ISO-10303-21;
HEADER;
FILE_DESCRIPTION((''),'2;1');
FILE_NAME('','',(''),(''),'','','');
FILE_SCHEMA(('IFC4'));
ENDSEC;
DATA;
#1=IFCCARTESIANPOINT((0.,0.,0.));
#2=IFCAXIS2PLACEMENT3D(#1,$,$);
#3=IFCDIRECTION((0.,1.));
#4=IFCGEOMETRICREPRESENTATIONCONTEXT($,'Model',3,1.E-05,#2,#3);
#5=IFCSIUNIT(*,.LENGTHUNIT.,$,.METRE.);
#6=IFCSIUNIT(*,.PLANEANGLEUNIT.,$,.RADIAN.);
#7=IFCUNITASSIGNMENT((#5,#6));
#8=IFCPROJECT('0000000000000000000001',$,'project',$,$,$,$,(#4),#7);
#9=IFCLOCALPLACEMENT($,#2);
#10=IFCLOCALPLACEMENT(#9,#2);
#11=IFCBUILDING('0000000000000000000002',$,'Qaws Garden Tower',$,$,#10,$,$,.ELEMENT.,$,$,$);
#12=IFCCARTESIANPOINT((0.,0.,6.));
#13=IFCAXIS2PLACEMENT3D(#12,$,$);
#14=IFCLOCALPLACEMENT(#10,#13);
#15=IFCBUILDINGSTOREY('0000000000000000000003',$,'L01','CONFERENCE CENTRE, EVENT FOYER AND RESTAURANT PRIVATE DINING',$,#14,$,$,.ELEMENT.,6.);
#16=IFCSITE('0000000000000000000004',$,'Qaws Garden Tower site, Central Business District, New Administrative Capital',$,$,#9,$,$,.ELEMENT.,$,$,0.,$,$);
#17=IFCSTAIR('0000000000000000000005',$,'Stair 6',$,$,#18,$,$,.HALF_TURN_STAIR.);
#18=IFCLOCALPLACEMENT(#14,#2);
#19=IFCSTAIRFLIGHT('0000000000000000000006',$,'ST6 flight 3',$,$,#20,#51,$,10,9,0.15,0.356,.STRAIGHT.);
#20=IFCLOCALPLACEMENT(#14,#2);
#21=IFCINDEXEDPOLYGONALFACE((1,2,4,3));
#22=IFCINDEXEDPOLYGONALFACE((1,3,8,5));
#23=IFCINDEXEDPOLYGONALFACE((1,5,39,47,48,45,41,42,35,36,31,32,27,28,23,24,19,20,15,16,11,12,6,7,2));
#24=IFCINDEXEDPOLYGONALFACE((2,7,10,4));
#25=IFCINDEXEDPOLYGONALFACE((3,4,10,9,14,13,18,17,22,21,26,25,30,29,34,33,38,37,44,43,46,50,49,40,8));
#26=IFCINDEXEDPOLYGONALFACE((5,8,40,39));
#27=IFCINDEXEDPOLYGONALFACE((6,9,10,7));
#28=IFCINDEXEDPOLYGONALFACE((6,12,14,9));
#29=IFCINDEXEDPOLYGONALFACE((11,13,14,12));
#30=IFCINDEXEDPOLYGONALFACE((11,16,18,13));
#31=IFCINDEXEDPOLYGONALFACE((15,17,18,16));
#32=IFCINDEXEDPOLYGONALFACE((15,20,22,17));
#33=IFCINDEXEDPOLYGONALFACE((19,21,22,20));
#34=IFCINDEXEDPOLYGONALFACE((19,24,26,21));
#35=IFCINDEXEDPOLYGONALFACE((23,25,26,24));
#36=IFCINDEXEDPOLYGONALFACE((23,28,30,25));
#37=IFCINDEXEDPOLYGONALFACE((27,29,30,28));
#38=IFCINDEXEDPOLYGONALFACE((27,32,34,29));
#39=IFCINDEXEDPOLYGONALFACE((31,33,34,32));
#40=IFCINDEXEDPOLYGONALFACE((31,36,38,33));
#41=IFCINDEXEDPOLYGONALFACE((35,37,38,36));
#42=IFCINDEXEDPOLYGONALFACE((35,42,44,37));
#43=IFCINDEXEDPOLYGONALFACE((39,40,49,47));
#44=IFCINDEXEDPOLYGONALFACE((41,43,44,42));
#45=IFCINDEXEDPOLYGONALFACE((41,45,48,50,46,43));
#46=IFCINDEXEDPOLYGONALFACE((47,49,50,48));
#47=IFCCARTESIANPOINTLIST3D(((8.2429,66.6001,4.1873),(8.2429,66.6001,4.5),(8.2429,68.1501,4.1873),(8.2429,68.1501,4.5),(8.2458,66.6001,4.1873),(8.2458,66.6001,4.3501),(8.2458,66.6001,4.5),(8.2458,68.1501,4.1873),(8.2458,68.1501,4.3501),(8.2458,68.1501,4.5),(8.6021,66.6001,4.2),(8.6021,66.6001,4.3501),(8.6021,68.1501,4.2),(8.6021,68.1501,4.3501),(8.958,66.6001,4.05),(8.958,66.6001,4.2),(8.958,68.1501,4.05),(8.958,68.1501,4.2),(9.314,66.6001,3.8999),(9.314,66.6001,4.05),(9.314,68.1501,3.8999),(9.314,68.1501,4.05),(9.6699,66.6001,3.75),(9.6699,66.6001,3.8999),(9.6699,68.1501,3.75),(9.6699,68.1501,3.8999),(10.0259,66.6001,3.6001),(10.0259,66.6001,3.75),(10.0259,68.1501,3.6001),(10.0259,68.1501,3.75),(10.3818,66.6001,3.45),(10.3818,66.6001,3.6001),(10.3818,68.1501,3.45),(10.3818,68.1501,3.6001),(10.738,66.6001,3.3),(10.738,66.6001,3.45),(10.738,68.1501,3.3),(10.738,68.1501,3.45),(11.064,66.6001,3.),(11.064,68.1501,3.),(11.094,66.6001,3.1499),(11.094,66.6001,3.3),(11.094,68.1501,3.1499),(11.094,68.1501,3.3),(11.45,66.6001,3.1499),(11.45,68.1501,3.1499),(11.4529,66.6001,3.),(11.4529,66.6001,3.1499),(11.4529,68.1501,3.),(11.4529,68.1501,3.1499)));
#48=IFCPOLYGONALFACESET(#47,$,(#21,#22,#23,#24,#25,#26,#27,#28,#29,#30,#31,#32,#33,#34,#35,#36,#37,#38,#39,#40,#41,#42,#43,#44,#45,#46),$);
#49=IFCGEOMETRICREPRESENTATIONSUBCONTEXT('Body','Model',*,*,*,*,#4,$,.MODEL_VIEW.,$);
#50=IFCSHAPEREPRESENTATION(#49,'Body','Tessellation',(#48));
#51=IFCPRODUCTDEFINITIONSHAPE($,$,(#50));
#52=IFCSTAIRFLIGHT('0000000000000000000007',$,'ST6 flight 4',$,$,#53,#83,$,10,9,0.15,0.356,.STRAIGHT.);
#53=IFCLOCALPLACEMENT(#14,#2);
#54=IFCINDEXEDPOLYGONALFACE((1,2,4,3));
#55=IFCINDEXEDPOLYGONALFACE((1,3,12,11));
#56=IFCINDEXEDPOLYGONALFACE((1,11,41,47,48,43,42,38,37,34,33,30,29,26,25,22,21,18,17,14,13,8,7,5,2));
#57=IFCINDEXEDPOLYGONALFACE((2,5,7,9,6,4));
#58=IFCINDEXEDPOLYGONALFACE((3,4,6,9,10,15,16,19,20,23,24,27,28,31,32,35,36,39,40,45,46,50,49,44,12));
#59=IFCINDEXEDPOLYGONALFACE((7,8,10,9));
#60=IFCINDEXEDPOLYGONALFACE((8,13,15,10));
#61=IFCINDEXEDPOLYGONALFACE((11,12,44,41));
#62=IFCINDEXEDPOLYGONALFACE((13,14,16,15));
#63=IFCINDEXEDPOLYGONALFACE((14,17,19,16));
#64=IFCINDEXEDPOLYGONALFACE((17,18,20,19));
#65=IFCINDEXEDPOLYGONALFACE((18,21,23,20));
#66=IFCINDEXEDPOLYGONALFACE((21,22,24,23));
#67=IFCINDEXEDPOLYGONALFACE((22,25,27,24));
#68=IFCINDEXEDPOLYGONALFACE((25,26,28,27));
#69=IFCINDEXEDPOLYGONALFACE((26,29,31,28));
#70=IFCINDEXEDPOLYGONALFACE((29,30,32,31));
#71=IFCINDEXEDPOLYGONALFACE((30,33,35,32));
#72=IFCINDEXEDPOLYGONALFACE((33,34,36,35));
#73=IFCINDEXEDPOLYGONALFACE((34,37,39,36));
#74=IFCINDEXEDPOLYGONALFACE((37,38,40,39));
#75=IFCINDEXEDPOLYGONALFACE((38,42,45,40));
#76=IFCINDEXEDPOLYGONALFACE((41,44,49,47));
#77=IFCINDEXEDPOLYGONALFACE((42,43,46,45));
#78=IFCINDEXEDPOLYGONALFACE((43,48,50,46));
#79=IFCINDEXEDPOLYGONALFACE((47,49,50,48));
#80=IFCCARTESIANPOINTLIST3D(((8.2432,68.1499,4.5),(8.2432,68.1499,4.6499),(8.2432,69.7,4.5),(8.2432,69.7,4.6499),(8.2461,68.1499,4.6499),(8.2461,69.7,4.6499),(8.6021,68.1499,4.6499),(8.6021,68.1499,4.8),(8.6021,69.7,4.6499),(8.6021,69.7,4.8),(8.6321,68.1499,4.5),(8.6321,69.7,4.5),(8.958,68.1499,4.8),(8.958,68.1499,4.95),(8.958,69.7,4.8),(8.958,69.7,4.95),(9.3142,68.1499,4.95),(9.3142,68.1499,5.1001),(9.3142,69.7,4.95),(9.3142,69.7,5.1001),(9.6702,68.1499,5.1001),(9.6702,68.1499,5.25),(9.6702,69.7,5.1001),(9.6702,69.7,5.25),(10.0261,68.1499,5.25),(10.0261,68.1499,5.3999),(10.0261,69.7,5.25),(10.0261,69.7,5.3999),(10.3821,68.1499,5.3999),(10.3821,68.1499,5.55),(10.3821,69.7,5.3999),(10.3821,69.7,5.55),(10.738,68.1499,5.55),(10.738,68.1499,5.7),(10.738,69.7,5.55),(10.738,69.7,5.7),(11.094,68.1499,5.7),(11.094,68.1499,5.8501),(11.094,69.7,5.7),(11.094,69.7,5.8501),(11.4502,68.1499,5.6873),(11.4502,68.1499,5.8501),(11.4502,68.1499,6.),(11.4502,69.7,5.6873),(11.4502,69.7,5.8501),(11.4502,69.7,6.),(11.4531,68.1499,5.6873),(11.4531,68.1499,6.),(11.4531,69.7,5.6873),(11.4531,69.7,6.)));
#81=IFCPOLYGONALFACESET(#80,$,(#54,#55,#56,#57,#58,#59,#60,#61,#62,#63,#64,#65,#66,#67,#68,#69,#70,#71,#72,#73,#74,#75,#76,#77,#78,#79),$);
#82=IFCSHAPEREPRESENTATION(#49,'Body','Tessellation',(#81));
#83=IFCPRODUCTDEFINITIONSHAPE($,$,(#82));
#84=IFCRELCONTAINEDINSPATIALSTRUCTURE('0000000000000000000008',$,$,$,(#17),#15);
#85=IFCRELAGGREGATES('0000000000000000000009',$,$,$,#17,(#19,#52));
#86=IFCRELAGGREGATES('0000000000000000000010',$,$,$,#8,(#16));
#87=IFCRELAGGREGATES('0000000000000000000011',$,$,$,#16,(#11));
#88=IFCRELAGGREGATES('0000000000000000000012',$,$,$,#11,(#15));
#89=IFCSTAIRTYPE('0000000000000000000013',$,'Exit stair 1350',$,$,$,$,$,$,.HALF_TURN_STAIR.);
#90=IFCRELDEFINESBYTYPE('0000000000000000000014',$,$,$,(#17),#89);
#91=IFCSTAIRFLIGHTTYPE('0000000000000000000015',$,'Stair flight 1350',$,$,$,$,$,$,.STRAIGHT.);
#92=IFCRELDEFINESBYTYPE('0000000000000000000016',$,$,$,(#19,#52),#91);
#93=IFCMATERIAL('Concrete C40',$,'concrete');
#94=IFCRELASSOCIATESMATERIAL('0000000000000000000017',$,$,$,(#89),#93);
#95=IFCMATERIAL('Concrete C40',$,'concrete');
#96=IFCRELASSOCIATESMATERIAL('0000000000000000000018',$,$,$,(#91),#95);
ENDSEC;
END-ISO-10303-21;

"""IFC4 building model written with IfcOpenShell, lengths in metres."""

from ifc_helpers import new_model, si_unit, direction, frame, origin, place, context, subcontext, project, spatial, polyline, outline, extrude, material, type_object, element, aggregate, save


model = new_model("IFC4")

# Units and contexts
model_context = context("Model", 3, precision=1e-05, world=origin(), true_north=direction((0.0, 1.0)))
body_context = subcontext(model_context, "Body", "Model", "MODEL_VIEW")
ifc_project = project(units=[si_unit("LENGTHUNIT", "METRE"), si_unit("PLANEANGLEUNIT", "RADIAN")], contexts=[model_context])

# Site, building, storey
site_placement = place(None, origin())
site = spatial("IfcSite", under=ifc_project, at=site_placement, Name="Qaws Garden Tower site, Central Business District, New Administrative Capital", CompositionType="ELEMENT", RefElevation=0.0)
building_placement = place(site_placement, origin())
building = spatial("IfcBuilding", under=site, at=building_placement, Name="Qaws Garden Tower", CompositionType="ELEMENT")
storey_placement = place(building_placement, frame((0.0, 0.0, 6.0)))
storey = spatial("IfcBuildingStorey", under=building, at=storey_placement, Name="L01", Description="CONFERENCE CENTRE, EVENT FOYER AND RESTAURANT PRIVATE DINING", CompositionType="ELEMENT", Elevation=6.0)

# Stair, stair flights
ifc_material_1 = material(Name="Concrete C40", Category="concrete")
stair_type = type_object("IfcStairType", Name="Exit stair 1350", PredefinedType="HALF_TURN_STAIR", material=ifc_material_1)
stair_placement = place(storey_placement, origin())
stair = element("IfcStair", 1, at=stair_placement, inside=storey, type_object=stair_type, Name="Stair 6", PredefinedType="HALF_TURN_STAIR")
ifc_material_2 = material(Name="Concrete C40", Category="concrete")
stair_flight_type = type_object("IfcStairFlightType", Name="Stair flight 1350", PredefinedType="STRAIGHT", material=ifc_material_2)
stair_flight_1_placement = place(storey_placement, frame((11.45, 67.375, 3.0), z_axis=(0.0, 0.0, 1.0), x_axis=(-1.0, 0.0, 0.0)))
stair_flight_1 = element("IfcStairFlight", 2, at=stair_flight_1_placement, type_object=stair_flight_type, Name="ST6 flight 3", NumberOfRisers=10, NumberOfTreads=9, PredefinedType="STRAIGHT", RiserHeight=0.15, TreadLength=0.356, context=body_context, shape_type="SweptSolid", body=[
    extrude(outline(polyline([(-0.0029, 0.0), (-0.0029, 0.1499), (0.0, 0.1499), (0.356, 0.1499), (0.356, 0.3), (0.7119, 0.3), (0.7119, 0.45), (1.0681, 0.45), (1.0681, 0.6001), (1.4241, 0.6001), (1.4241, 0.75), (1.78, 0.75), (1.78, 0.8999), (2.136, 0.8999), (2.136, 1.05), (2.4919, 1.05), (2.4919, 1.2), (2.8479, 1.2), (2.8479, 1.3501), (3.2041, 1.3501), (3.2041, 1.5), (3.207, 1.5), (3.207, 1.1873), (3.2041, 1.1873), (0.386, 0.0), (-0.0029, 0.0)])), frame((0.0, 0.7749, 0.0), z_axis=(0.0, -1.0, 0.0), x_axis=(1.0, 0.0, 0.0)), (0.0, 0.0, 1.0), 1.55),
])
stair_flight_2_placement = place(storey_placement, frame((8.2461, 68.925, 4.5), z_axis=(0.0, 0.0, 1.0), x_axis=(1.0, 0.0, 0.0)))
stair_flight_2 = element("IfcStairFlight", 3, at=stair_flight_2_placement, type_object=stair_flight_type, Name="ST6 flight 4", NumberOfRisers=10, NumberOfTreads=9, PredefinedType="STRAIGHT", RiserHeight=0.15, TreadLength=0.356, context=body_context, shape_type="SweptSolid", body=[
    extrude(outline(polyline([(-0.0029, 0.0), (-0.0029, 0.1499), (0.0, 0.1499), (0.356, 0.1499), (0.356, 0.3), (0.7119, 0.3), (0.7119, 0.45), (1.0681, 0.45), (1.0681, 0.6001), (1.4241, 0.6001), (1.4241, 0.75), (1.78, 0.75), (1.78, 0.8999), (2.136, 0.8999), (2.136, 1.05), (2.4919, 1.05), (2.4919, 1.2), (2.8479, 1.2), (2.8479, 1.3501), (3.2041, 1.3501), (3.2041, 1.5), (3.207, 1.5), (3.207, 1.1873), (3.2041, 1.1873), (0.386, 0.0), (-0.0029, 0.0)])), frame((0.0, 0.7749, 0.0), z_axis=(0.0, -1.0, 0.0), x_axis=(1.0, 0.0, 0.0)), (0.0, 0.0, 1.0), 1.55),
])
aggregate(stair, [stair_flight_1, stair_flight_2])

save(model, "model.ifc")
